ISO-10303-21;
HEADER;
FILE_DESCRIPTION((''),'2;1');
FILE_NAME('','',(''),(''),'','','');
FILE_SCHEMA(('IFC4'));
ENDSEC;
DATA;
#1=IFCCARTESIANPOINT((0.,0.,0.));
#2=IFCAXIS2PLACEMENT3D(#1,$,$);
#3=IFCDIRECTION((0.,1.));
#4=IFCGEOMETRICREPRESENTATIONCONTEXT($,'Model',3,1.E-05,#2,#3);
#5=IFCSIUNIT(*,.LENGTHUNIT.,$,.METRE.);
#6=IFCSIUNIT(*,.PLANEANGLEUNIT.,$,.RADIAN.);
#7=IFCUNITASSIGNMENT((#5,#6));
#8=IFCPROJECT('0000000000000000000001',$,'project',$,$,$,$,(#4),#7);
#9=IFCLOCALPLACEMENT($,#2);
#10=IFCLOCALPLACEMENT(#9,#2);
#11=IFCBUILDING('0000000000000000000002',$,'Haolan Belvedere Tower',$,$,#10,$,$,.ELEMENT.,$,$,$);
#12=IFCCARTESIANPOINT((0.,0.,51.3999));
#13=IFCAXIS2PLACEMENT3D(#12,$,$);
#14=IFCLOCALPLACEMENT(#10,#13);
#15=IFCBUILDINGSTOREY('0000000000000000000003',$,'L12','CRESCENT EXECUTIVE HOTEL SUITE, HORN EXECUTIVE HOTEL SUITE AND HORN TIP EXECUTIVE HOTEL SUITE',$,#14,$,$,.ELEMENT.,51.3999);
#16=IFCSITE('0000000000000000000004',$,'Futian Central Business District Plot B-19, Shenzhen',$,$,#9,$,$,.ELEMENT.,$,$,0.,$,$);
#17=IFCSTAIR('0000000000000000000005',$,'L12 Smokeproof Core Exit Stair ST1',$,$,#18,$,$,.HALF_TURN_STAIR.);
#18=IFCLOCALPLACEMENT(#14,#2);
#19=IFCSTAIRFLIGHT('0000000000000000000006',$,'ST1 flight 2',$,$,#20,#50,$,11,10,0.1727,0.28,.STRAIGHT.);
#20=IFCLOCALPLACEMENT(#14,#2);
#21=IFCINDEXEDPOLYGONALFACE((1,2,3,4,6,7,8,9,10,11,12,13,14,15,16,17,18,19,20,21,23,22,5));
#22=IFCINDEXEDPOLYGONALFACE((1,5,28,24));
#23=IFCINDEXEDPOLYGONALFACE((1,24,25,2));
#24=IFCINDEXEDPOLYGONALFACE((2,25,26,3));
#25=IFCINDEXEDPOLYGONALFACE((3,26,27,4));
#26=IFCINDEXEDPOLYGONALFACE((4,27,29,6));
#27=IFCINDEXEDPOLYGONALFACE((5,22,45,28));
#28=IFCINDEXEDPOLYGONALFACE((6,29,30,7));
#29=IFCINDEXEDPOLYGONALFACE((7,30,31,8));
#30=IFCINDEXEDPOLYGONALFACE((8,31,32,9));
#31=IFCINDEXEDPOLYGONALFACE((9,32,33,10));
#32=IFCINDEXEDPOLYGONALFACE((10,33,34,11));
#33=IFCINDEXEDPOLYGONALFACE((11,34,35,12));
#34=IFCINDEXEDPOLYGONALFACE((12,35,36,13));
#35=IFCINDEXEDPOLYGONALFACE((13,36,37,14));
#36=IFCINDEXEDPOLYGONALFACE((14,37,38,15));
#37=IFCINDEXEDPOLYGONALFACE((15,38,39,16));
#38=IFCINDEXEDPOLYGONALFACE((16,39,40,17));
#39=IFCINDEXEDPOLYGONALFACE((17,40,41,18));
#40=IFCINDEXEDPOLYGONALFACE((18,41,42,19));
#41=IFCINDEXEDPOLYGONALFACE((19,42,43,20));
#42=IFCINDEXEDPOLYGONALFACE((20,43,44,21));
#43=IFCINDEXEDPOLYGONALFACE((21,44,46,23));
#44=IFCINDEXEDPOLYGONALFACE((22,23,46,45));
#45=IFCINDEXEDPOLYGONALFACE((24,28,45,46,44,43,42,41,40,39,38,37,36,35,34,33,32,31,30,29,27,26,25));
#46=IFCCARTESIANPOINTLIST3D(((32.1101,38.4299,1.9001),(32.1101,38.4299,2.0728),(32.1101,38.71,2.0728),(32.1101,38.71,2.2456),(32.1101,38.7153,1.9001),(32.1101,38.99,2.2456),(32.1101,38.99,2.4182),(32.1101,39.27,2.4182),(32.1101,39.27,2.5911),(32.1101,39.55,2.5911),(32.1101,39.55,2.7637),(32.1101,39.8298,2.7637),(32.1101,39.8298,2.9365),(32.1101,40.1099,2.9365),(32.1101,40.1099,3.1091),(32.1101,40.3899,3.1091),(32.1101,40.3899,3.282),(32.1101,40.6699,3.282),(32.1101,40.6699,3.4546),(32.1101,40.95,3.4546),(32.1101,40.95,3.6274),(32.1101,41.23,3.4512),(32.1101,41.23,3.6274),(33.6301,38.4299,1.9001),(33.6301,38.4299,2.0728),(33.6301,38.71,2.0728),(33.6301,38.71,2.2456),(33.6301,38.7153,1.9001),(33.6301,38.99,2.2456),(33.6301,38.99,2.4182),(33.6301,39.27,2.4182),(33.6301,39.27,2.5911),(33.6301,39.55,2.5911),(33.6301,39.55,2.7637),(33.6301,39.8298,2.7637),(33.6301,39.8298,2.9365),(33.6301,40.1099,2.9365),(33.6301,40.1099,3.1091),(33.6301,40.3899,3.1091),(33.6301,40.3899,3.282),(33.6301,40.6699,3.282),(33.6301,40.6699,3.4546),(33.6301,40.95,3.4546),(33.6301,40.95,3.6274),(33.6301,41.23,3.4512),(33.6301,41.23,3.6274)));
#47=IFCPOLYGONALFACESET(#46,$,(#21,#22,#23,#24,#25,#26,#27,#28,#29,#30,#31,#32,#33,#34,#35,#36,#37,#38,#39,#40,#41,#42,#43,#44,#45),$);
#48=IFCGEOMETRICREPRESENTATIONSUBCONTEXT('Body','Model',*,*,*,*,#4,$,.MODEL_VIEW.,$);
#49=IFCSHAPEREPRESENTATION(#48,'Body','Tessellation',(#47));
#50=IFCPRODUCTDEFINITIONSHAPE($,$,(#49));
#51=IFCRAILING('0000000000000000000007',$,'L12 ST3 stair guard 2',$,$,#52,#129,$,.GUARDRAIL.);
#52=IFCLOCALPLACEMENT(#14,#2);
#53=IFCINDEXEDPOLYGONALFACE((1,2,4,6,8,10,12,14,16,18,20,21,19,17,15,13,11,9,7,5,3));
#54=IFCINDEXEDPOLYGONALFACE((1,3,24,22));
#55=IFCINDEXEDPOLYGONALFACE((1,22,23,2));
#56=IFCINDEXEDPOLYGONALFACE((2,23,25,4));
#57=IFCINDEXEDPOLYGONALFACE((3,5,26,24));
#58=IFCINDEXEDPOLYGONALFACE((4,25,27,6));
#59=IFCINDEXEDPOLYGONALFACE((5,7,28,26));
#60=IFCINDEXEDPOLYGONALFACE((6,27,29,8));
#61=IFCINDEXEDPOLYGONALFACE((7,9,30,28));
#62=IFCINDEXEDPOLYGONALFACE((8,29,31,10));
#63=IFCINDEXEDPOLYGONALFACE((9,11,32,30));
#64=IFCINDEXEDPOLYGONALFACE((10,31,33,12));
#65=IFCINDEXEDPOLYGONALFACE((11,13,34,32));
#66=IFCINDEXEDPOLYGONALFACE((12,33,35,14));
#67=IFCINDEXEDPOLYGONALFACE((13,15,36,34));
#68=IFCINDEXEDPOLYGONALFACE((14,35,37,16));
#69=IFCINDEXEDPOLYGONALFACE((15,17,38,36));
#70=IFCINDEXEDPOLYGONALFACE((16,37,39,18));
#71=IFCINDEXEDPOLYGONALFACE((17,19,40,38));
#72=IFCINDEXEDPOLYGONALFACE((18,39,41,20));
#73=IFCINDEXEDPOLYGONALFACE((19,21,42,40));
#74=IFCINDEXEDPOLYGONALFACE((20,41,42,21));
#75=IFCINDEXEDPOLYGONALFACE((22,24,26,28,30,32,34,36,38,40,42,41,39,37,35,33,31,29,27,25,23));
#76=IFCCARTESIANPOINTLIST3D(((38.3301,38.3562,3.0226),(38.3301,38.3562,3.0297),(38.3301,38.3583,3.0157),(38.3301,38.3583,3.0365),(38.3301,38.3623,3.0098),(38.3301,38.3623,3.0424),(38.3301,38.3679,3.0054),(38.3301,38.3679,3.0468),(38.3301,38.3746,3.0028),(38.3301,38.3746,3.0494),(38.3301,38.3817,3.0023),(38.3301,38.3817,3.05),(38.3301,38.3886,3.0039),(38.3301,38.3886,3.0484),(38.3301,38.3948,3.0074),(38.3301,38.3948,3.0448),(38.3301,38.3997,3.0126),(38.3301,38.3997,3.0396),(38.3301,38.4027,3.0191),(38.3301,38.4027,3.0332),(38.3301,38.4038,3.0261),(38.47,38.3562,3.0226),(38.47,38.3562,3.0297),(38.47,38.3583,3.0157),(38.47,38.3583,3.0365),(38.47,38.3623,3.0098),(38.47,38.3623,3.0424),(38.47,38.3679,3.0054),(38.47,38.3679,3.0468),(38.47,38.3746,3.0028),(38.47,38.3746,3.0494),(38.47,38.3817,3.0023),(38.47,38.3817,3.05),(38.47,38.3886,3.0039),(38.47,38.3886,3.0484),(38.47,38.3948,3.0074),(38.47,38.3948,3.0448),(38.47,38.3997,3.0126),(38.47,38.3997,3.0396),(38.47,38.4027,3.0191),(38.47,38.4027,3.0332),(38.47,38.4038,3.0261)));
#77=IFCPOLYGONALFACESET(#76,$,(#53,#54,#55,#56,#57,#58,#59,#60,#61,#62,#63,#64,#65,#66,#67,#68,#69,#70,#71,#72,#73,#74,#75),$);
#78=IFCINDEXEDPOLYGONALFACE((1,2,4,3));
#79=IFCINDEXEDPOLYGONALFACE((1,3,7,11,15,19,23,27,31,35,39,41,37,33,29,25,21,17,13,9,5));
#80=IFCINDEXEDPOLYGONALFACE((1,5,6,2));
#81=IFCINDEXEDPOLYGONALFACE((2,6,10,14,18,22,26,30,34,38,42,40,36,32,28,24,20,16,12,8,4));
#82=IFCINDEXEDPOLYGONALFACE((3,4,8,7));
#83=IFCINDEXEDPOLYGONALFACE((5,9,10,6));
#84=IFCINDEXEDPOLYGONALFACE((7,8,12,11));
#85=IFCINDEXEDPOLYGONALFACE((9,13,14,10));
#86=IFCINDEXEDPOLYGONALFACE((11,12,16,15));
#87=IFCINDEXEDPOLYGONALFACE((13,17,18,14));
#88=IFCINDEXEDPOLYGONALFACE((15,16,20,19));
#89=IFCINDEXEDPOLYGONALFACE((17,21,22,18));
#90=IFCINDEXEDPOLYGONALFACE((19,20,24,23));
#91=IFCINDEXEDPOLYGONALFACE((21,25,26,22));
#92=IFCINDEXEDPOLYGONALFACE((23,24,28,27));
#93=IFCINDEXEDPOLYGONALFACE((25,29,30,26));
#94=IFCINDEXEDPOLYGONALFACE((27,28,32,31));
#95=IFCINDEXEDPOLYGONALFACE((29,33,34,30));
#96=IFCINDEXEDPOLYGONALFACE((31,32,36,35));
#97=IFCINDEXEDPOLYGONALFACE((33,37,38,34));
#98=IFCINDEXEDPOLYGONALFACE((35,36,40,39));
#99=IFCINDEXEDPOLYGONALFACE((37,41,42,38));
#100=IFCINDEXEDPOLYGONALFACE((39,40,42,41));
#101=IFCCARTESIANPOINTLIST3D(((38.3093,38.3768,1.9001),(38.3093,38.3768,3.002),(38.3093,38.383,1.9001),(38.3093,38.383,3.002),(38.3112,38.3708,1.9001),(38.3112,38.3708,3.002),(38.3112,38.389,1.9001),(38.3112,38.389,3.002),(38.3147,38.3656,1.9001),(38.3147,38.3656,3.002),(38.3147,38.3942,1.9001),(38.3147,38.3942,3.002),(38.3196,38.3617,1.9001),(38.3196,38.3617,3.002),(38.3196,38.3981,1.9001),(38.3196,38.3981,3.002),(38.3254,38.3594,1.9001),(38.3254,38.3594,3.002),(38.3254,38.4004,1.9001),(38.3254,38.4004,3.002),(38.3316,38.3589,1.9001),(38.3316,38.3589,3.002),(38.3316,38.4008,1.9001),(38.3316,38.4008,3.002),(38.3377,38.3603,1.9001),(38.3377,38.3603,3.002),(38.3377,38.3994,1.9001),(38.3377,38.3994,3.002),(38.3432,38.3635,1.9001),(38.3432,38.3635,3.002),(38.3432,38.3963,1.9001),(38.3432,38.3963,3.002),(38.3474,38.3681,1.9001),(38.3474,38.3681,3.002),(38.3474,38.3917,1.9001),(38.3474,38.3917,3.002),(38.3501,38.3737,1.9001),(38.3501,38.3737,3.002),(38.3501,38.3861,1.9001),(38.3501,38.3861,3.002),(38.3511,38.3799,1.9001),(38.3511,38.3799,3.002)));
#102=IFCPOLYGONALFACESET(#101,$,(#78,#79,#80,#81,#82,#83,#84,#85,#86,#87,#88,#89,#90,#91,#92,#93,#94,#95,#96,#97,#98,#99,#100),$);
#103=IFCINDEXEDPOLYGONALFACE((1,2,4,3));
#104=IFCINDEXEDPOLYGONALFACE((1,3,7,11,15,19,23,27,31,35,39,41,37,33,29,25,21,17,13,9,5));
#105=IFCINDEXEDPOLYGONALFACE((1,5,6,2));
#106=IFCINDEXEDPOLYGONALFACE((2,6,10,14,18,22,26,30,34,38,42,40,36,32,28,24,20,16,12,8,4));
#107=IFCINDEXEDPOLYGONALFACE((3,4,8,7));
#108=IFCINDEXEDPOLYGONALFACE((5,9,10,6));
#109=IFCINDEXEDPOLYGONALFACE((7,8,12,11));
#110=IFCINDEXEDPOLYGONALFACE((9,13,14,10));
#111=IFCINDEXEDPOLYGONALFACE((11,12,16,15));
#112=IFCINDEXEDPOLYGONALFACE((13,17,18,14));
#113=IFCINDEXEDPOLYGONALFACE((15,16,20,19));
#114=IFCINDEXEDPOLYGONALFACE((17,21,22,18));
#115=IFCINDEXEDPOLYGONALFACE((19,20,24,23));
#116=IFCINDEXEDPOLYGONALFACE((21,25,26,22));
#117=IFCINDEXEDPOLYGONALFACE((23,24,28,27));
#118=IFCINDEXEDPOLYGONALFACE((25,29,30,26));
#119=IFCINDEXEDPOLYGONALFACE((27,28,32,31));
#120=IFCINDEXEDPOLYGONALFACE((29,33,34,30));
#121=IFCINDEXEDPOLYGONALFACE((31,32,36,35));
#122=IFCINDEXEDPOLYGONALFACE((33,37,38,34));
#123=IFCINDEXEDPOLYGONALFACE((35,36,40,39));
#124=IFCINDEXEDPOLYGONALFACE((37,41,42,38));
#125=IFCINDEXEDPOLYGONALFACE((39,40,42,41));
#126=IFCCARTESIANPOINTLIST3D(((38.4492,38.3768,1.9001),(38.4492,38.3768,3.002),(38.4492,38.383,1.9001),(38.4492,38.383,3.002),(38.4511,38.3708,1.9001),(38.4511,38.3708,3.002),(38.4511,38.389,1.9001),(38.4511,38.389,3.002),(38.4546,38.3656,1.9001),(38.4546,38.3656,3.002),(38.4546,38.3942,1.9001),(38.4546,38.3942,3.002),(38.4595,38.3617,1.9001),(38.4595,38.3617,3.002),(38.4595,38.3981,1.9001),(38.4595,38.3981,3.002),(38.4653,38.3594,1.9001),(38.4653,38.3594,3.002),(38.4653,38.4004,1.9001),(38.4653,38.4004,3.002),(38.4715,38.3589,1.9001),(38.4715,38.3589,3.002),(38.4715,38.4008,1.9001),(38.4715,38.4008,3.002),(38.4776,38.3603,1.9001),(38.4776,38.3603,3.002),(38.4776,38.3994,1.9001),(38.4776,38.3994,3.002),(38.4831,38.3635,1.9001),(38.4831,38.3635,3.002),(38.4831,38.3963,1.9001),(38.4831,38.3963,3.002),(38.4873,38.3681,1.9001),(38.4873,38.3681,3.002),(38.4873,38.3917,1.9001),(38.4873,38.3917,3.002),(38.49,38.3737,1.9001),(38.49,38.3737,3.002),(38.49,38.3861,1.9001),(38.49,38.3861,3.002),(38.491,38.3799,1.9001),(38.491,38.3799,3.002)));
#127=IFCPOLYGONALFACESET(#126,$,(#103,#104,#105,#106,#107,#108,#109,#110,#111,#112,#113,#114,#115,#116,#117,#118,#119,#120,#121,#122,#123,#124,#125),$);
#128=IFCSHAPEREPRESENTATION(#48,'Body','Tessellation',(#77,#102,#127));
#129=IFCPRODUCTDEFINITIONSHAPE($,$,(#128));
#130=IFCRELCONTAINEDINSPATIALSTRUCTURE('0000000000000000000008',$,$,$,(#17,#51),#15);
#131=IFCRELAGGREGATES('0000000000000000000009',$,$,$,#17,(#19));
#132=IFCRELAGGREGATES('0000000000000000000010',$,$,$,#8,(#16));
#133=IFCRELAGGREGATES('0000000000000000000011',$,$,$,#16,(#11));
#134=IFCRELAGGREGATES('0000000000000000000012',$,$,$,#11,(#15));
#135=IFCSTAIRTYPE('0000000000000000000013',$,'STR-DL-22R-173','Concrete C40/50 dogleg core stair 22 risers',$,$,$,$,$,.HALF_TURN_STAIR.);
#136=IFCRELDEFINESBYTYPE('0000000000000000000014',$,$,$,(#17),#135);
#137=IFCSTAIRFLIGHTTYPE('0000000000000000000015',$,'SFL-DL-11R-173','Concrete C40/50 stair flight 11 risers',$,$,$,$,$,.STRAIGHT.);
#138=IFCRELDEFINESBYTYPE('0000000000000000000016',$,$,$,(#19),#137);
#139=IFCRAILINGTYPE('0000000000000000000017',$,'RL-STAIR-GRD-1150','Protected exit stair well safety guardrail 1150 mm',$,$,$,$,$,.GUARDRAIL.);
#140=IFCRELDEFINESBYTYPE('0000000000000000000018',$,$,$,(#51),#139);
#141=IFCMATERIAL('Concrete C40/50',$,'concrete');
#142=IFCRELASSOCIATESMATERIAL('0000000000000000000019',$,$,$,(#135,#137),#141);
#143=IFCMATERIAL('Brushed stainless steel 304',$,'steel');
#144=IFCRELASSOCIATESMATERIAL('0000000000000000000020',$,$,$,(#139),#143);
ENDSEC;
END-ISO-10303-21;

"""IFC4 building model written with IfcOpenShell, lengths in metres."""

from ifc_helpers import new_model, si_unit, direction, frame, origin, origin_2d, place, context, subcontext, project, spatial, polyline, circle, outline, extrude, material, type_object, element, aggregate, save


model = new_model("IFC4")

# Units and contexts
model_context = context("Model", 3, precision=1e-05, world=origin(), true_north=direction((0.0, 1.0)))
body_context = subcontext(model_context, "Body", "Model", "MODEL_VIEW")
ifc_project = project(units=[si_unit("LENGTHUNIT", "METRE"), si_unit("PLANEANGLEUNIT", "RADIAN")], contexts=[model_context])

# Site, building, storey
site_placement = place(None, origin())
site = spatial("IfcSite", under=ifc_project, at=site_placement, Name="Futian Central Business District Plot B-19, Shenzhen", CompositionType="ELEMENT", RefElevation=0.0)
building_placement = place(site_placement, origin())
building = spatial("IfcBuilding", under=site, at=building_placement, Name="Haolan Belvedere Tower", CompositionType="ELEMENT")
storey_placement = place(building_placement, frame((0.0, 0.0, 51.3999)))
storey = spatial("IfcBuildingStorey", under=building, at=storey_placement, Name="L12", Description="CRESCENT EXECUTIVE HOTEL SUITE, HORN EXECUTIVE HOTEL SUITE AND HORN TIP EXECUTIVE HOTEL SUITE", CompositionType="ELEMENT", Elevation=51.3999)

# Stair, stair flight
ifc_material_1 = material(Name="Concrete C40/50", Category="concrete")
stair_type = type_object("IfcStairType", Name="STR-DL-22R-173", Description="Concrete C40/50 dogleg core stair 22 risers", PredefinedType="HALF_TURN_STAIR", material=ifc_material_1)
stair_placement = place(storey_placement, origin())
stair = element("IfcStair", 1, at=stair_placement, inside=storey, type_object=stair_type, Name="L12 Smokeproof Core Exit Stair ST1", PredefinedType="HALF_TURN_STAIR")
stair_flight_type = type_object("IfcStairFlightType", Name="SFL-DL-11R-173", Description="Concrete C40/50 stair flight 11 risers", PredefinedType="STRAIGHT", material=ifc_material_1)
stair_flight_placement = place(storey_placement, frame((32.8701, 38.4299, 1.9001), z_axis=(0.0, 0.0, 1.0), x_axis=(0.0, 1.0, 0.0)))
stair_flight = element("IfcStairFlight", 2, at=stair_flight_placement, type_object=stair_flight_type, Name="ST1 flight 2", NumberOfRisers=11, NumberOfTreads=10, PredefinedType="STRAIGHT", RiserHeight=0.1727, TreadLength=0.28, context=body_context, shape_type="SweptSolid", body=[
    extrude(outline(polyline([(0.0, 0.0), (0.0, 0.1726), (0.28, 0.1726), (0.28, 0.3455), (0.5601, 0.3455), (0.5601, 0.5181), (0.8401, 0.5181), (0.8401, 0.6909), (1.1201, 0.6909), (1.1201, 0.8635), (1.3999, 0.8635), (1.3999, 1.0364), (1.6799, 1.0364), (1.6799, 1.209), (1.96, 1.209), (1.96, 1.3818), (2.24, 1.3818), (2.24, 1.5544), (2.52, 1.5544), (2.52, 1.7273), (2.8, 1.7273), (2.8, 1.8999), (2.8, 1.551), (0.2854, 0.0), (0.0, 0.0)])), frame((0.0, 0.76, 0.0), z_axis=(0.0, -1.0, 0.0), x_axis=(1.0, 0.0, 0.0)), (0.0, 0.0, 1.0), 1.52),
])
aggregate(stair, [stair_flight])

# Railing
ifc_material_2 = material(Name="Brushed stainless steel 304", Category="steel")
railing_type_1 = type_object("IfcRailingType", Name="RL-STAIR-GRD-1150", Description="Protected exit stair well safety guardrail 1150 mm", PredefinedType="GUARDRAIL", material=ifc_material_2)
railing_1_placement = place(storey_placement, frame((38.3301, 38.3799, 1.9001)))
element("IfcRailing", 3, at=railing_1_placement, inside=storey, type_object=railing_type_1, Name="L12 ST3 stair guard 2", PredefinedType="GUARDRAIL", context=body_context, shape_type="SweptSolid", body=[
    extrude(circle(Radius=0.0239, at=origin_2d()), frame((0.0, 0.0, 1.126), z_axis=(1.0, 0.0, 0.0), x_axis=(0.0, 1.0, 0.0)), (0.0, 0.0, 1.0), 0.1399),
    extrude(circle(Radius=0.021, at=origin_2d()), origin(), (0.0, 0.0, 1.0), 1.1018),
    extrude(circle(Radius=0.021, at=origin_2d()), frame((0.1399, 0.0, 0.0)), (0.0, 0.0, 1.0), 1.1018),
])

save(model, "model.ifc")
